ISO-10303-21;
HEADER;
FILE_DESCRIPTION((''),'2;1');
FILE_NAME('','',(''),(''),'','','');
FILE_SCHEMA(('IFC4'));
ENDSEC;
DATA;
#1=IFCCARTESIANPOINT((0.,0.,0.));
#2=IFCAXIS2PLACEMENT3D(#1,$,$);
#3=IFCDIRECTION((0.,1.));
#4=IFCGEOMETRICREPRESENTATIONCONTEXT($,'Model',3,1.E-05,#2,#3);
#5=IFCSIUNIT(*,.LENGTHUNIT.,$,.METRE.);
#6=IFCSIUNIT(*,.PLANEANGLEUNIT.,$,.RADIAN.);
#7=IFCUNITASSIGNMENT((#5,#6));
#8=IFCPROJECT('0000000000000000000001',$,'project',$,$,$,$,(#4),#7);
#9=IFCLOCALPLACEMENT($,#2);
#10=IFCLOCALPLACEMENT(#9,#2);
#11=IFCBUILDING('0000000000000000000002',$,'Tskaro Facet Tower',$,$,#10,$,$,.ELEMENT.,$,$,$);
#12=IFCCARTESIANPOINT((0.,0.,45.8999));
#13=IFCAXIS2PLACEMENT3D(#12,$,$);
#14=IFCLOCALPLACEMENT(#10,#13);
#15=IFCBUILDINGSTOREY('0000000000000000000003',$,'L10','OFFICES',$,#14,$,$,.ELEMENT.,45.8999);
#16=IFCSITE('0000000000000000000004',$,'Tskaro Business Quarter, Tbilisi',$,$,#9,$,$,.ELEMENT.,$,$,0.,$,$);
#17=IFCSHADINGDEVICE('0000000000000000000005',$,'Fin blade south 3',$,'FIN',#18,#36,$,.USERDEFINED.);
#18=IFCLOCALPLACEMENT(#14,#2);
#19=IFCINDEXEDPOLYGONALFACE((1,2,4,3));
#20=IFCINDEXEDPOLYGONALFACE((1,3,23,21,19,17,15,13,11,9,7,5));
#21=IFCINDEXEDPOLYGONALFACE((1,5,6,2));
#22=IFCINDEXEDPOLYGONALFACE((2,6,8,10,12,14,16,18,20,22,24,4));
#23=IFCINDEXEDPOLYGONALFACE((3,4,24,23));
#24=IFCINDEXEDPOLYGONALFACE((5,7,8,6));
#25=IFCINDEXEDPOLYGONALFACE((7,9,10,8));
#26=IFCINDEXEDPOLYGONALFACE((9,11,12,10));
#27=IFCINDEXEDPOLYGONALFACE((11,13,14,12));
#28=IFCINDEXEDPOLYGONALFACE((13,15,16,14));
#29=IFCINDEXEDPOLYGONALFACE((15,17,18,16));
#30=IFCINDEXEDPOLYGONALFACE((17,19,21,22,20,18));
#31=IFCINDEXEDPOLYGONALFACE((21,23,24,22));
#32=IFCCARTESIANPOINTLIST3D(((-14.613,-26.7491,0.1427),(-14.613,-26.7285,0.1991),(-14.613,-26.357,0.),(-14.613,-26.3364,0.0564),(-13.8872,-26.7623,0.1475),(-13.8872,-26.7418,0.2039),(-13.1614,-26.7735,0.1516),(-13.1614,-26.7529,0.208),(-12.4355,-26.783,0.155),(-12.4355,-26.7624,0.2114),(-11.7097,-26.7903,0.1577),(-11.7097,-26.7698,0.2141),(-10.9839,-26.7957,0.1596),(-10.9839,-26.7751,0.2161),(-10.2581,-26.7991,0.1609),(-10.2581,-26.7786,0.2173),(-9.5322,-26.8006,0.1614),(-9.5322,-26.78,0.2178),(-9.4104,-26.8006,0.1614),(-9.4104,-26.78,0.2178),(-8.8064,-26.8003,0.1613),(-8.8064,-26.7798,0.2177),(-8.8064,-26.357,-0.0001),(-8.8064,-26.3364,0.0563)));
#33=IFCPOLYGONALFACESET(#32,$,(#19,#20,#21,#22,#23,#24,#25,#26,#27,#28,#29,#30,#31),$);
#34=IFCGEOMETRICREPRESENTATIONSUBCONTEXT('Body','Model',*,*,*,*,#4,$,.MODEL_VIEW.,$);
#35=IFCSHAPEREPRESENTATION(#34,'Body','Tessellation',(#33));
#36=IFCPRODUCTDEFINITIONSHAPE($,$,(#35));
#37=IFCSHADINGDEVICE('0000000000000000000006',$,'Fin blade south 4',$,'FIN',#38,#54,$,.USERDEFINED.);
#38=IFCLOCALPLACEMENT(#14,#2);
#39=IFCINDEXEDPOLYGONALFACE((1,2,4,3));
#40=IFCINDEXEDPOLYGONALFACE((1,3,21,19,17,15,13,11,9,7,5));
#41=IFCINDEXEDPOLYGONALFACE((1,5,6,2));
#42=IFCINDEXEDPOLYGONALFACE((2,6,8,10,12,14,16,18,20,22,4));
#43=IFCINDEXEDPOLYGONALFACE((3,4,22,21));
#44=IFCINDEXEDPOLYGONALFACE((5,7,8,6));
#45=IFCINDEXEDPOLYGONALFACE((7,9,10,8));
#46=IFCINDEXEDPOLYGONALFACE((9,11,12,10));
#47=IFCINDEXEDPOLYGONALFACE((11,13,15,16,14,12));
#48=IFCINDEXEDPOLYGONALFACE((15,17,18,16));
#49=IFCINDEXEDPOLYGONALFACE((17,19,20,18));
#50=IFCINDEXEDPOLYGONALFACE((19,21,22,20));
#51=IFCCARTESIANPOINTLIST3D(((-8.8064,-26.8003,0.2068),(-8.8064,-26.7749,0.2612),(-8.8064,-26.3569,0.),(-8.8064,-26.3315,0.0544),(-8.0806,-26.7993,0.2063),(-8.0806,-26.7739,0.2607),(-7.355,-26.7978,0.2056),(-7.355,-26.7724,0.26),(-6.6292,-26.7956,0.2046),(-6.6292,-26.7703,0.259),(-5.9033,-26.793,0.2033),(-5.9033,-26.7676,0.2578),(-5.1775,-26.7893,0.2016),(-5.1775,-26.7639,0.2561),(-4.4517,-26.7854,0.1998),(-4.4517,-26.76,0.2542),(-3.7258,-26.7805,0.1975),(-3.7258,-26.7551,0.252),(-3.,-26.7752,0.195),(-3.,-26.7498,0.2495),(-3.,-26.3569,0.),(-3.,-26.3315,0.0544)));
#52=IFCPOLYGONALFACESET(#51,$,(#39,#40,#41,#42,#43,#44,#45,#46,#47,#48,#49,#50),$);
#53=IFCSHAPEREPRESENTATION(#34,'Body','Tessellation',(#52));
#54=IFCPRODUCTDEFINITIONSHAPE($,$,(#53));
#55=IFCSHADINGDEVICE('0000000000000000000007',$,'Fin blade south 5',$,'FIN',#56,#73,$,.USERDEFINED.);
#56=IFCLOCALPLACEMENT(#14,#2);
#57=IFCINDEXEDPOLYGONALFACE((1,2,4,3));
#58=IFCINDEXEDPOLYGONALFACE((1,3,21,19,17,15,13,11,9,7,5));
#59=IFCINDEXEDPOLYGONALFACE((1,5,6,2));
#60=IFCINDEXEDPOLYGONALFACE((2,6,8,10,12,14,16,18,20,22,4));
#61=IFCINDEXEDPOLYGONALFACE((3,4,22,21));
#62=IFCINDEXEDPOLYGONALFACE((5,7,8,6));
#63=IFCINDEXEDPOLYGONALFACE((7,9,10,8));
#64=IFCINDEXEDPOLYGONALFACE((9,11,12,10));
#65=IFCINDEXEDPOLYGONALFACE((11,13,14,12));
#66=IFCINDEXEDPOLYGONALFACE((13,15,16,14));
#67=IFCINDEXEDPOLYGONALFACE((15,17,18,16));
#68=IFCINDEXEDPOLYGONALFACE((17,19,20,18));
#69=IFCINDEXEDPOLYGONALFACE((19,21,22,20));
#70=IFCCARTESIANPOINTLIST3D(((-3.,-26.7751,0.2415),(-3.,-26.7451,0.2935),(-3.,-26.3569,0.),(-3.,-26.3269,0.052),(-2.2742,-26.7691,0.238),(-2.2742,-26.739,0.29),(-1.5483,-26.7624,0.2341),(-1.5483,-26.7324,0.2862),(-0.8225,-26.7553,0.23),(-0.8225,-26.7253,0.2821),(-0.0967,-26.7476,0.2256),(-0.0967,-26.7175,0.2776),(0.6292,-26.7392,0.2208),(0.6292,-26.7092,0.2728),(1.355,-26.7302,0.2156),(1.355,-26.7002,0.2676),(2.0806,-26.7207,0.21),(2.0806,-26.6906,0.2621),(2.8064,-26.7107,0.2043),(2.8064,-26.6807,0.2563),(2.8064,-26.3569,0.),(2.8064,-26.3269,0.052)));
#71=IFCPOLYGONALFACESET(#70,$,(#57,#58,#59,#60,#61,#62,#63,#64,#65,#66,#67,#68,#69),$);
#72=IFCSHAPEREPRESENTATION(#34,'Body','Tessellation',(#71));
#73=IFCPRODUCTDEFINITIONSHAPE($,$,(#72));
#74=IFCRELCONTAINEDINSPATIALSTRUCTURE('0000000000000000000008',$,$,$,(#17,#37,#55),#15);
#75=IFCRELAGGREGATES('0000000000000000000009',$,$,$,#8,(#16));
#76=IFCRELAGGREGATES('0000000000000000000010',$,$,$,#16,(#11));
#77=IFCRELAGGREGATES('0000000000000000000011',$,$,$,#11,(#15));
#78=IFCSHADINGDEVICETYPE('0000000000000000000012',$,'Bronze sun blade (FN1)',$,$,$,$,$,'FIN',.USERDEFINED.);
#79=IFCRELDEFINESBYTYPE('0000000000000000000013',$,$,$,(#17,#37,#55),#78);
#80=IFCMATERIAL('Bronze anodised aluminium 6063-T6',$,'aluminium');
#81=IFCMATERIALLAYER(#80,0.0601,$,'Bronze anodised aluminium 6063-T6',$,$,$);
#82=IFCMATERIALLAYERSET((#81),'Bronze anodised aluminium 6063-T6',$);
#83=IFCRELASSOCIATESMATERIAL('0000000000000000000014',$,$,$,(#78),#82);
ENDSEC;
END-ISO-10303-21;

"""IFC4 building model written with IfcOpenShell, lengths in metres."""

from ifc_helpers import new_model, si_unit, direction, frame, origin, place, context, subcontext, project, spatial, polyline, outline, extrude, material, layer, layer_set, type_object, element, save


model = new_model("IFC4")

# Units and contexts
model_context = context("Model", 3, precision=1e-05, world=origin(), true_north=direction((0.0, 1.0)))
body_context = subcontext(model_context, "Body", "Model", "MODEL_VIEW")
ifc_project = project(units=[si_unit("LENGTHUNIT", "METRE"), si_unit("PLANEANGLEUNIT", "RADIAN")], contexts=[model_context])

# Site, building, storey
site_placement = place(None, origin())
site = spatial("IfcSite", under=ifc_project, at=site_placement, Name="Tskaro Business Quarter, Tbilisi", CompositionType="ELEMENT", RefElevation=0.0)
building_placement = place(site_placement, origin())
building = spatial("IfcBuilding", under=site, at=building_placement, Name="Tskaro Facet Tower", CompositionType="ELEMENT")
storey_placement = place(building_placement, frame((0.0, 0.0, 45.8999)))
storey = spatial("IfcBuildingStorey", under=building, at=storey_placement, Name="L10", Description="OFFICES", CompositionType="ELEMENT", Elevation=45.8999)

# Shared definitions
ifc_material_1 = material(Name="Bronze anodised aluminium 6063-T6", Category="aluminium")

# Shading devices
ifc_layer_1 = layer(ifc_material_1, 0.0601, Name="Bronze anodised aluminium 6063-T6")
ifc_layer_set_1 = layer_set([ifc_layer_1], Name="Bronze anodised aluminium 6063-T6")
shading_device_type = type_object("IfcShadingDeviceType", Name="Bronze sun blade (FN1)", ElementType="FIN", PredefinedType="USERDEFINED", material=ifc_layer_set_1)
shading_device_1_placement = place(storey_placement, frame((-14.613, -26.3364, 0.0564), z_axis=(0.000009, 0.342043, 0.939684), x_axis=(1.0, -0.000003, -0.000008)))
element("IfcShadingDevice", 1, at=shading_device_1_placement, inside=storey, type_object=shading_device_type, Name="Fin blade south 3", ObjectType="FIN", PredefinedType="USERDEFINED", context=body_context, shape_type="SweptSolid", body=[
    extrude(outline(polyline([(0.0, 0.0), (5.8066, 0.0), (5.8066, -0.4718), (5.2026, -0.472), (5.0808, -0.472), (4.355, -0.4705), (3.6292, -0.4669), (2.9033, -0.4612), (2.1775, -0.4534), (1.4517, -0.4432), (0.7258, -0.4314), (0.0, -0.4173), (0.0, 0.0)])), origin(), (0.0, 0.0, -1.0), 0.0601),
])
shading_device_2_placement = place(storey_placement, frame((-8.8064, -26.3315, 0.0544), z_axis=(0.0, 0.422622, 0.906306), x_axis=(1.0, 0.0, 0.0)))
element("IfcShadingDevice", 2, at=shading_device_2_placement, inside=storey, type_object=shading_device_type, Name="Fin blade south 4", ObjectType="FIN", PredefinedType="USERDEFINED", context=body_context, shape_type="SweptSolid", body=[
    extrude(outline(polyline([(0.0, 0.0), (5.8064, 0.0), (5.8064, -0.4615), (5.0806, -0.4674), (4.3547, -0.4727), (3.6289, -0.4771), (2.9031, -0.4811), (2.1772, -0.4841), (1.4514, -0.4865), (0.7258, -0.4881), (0.0, -0.4892), (0.0, 0.0)])), origin(), (0.0, 0.0, -1.0), 0.0601),
])
shading_device_3_placement = place(storey_placement, frame((-3.0, -26.3269, 0.052), z_axis=(-0.000007, 0.500026, 0.86601), x_axis=(1.0, 0.000004, 0.000006)))
element("IfcShadingDevice", 3, at=shading_device_3_placement, inside=storey, type_object=shading_device_type, Name="Fin blade south 5", ObjectType="FIN", PredefinedType="USERDEFINED", context=body_context, shape_type="SweptSolid", body=[
    extrude(outline(polyline([(0.0, 0.0), (5.8064, 0.0), (5.8064, -0.4085), (5.0806, -0.42), (4.355, -0.4311), (3.6292, -0.4415), (2.9033, -0.4511), (2.1775, -0.46), (1.4517, -0.4683), (0.7258, -0.4759), (0.0, -0.4829), (0.0, 0.0)])), origin(), (0.0, 0.0, -1.0), 0.0601),
])

save(model, "model.ifc")
